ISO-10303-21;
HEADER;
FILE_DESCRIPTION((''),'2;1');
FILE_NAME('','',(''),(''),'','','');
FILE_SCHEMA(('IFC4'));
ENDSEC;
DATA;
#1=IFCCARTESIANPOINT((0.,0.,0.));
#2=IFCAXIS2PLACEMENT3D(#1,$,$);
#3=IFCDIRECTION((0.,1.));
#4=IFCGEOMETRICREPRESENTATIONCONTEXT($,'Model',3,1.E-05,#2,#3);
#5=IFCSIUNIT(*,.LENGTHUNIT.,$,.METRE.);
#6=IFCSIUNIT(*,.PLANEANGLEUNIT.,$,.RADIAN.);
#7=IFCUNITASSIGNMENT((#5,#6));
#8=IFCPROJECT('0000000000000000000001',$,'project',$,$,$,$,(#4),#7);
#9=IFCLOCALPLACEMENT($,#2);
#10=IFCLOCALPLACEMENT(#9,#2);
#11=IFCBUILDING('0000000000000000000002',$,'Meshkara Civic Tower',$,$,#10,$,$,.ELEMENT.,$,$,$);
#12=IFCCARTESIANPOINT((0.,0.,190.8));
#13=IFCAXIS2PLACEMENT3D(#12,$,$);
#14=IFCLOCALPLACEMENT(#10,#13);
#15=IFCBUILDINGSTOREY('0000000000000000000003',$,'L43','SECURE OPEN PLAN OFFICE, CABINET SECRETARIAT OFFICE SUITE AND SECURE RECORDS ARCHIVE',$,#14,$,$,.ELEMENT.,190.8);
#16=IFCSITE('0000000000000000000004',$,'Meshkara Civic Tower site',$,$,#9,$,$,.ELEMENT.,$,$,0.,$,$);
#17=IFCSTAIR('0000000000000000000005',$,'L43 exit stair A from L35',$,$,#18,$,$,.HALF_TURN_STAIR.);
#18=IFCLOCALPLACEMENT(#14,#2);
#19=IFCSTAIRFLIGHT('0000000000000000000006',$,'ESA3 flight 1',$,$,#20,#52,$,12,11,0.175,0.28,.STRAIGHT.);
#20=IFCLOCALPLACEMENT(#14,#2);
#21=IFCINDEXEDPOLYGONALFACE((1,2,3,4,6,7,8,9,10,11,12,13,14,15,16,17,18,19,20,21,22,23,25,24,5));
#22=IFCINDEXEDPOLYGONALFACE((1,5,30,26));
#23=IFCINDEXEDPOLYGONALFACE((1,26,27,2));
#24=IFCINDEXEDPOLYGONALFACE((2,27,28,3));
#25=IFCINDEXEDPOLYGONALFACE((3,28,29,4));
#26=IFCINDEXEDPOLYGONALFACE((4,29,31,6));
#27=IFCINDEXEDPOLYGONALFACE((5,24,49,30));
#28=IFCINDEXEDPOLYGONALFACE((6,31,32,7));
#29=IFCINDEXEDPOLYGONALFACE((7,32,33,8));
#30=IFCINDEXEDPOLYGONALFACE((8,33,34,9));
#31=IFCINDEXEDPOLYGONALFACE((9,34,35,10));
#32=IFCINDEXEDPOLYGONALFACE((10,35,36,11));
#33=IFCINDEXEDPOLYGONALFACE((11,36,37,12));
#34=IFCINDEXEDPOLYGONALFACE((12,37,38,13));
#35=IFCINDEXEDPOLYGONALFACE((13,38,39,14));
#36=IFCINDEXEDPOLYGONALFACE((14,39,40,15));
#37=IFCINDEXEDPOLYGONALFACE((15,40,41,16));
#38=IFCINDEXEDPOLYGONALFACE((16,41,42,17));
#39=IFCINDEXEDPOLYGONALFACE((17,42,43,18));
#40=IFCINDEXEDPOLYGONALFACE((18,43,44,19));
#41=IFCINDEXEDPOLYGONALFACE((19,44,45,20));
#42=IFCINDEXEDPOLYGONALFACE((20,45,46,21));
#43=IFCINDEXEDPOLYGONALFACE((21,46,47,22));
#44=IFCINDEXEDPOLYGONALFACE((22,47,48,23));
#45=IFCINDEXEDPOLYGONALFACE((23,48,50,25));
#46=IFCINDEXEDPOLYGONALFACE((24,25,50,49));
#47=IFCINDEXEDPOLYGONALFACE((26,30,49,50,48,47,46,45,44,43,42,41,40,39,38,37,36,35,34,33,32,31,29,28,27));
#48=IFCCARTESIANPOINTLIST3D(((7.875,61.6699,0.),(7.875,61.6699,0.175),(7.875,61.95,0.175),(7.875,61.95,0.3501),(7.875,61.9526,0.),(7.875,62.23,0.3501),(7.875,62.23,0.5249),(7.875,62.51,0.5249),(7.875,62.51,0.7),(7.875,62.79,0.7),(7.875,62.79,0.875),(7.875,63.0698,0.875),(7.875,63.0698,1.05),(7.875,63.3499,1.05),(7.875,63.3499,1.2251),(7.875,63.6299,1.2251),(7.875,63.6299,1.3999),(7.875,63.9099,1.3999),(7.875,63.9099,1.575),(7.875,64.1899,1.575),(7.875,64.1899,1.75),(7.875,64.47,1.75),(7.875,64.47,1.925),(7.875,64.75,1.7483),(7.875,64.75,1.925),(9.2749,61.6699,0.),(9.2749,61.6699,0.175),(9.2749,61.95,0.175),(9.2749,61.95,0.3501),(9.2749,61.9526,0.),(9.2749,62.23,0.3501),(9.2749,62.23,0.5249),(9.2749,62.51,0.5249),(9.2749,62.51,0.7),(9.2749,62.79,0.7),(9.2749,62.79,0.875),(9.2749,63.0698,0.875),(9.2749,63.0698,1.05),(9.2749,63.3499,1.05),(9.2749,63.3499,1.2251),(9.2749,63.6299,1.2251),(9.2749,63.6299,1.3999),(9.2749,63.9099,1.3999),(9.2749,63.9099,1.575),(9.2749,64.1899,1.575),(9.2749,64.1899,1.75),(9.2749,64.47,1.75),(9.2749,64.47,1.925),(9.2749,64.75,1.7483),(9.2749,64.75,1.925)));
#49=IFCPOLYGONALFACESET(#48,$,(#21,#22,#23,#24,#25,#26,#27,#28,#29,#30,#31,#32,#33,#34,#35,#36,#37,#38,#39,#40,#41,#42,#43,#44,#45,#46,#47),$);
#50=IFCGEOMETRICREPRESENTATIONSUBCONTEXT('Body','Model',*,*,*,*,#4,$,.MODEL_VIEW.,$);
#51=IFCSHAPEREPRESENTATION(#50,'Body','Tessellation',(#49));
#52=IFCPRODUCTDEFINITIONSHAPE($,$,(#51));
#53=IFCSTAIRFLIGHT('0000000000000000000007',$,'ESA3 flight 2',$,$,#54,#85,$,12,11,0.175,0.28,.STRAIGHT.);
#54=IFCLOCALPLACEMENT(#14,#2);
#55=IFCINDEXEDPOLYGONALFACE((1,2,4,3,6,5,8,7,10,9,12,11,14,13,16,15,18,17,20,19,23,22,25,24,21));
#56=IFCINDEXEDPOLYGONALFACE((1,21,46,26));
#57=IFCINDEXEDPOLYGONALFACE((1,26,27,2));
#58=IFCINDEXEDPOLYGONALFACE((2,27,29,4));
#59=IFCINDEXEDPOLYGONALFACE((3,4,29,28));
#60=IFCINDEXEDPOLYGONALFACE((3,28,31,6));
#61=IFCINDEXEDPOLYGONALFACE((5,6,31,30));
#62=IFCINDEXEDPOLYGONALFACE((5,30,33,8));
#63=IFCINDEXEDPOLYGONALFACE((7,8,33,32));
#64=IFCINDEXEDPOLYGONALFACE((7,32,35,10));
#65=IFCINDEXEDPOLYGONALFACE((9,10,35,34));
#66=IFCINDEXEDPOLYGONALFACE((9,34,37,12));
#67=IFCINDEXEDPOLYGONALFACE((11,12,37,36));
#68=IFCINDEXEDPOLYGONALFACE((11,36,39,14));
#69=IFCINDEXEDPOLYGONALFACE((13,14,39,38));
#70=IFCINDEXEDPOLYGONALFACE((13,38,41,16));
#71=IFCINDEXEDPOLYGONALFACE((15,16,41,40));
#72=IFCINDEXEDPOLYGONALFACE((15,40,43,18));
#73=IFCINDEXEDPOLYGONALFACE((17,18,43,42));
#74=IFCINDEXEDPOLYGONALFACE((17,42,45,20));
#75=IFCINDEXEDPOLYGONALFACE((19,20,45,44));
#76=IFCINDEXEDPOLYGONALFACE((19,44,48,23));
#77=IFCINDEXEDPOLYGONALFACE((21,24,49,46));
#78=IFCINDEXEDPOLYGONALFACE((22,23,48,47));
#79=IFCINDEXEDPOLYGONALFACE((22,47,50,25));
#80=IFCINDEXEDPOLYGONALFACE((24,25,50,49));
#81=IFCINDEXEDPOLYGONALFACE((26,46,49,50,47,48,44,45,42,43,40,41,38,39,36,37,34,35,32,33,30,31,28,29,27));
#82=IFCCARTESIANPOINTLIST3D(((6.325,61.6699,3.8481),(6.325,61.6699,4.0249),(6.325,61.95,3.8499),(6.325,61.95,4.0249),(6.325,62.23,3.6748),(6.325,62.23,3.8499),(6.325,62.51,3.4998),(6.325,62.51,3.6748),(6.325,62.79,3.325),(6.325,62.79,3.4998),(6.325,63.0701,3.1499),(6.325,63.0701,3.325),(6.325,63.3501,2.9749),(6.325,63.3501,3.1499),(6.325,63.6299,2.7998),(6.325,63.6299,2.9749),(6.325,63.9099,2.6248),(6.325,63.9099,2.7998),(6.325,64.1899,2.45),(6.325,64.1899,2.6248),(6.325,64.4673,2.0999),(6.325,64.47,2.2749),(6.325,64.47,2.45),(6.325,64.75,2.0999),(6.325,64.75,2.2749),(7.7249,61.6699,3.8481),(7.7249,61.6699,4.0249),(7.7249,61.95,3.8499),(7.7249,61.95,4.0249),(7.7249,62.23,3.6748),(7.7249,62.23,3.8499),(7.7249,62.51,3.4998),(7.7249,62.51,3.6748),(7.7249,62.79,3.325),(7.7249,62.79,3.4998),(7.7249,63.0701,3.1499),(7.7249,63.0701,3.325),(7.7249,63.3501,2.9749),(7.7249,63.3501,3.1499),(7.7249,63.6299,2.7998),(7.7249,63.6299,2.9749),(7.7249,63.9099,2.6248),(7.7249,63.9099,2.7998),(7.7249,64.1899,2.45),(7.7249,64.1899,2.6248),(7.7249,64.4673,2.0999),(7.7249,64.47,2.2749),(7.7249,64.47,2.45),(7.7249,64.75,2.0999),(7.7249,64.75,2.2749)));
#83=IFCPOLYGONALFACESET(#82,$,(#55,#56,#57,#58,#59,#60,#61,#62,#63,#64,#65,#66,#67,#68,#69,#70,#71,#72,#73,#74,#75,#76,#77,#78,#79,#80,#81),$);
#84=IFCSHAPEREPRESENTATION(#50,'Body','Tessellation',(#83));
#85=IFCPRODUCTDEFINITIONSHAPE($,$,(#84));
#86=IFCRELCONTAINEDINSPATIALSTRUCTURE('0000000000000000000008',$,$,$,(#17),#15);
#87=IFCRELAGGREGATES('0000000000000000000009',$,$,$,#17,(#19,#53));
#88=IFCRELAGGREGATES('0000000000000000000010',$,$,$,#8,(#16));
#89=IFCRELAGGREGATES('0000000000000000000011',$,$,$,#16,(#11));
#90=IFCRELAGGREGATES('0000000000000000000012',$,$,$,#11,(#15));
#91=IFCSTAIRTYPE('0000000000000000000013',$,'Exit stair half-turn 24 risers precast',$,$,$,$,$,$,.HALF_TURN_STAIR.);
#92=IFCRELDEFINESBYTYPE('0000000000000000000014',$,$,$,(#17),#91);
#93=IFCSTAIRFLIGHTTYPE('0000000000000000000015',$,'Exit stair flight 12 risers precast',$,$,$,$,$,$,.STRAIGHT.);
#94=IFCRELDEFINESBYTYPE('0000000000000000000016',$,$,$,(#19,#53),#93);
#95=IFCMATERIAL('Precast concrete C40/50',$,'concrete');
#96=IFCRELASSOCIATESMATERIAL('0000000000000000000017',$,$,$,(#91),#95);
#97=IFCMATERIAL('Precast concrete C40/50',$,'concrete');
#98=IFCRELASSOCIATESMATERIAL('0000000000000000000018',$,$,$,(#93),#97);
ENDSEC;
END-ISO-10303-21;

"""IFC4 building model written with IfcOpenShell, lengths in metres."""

from ifc_helpers import new_model, si_unit, direction, frame, origin, place, context, subcontext, project, spatial, polyline, outline, extrude, material, type_object, element, aggregate, save


model = new_model("IFC4")

# Units and contexts
model_context = context("Model", 3, precision=1e-05, world=origin(), true_north=direction((0.0, 1.0)))
body_context = subcontext(model_context, "Body", "Model", "MODEL_VIEW")
ifc_project = project(units=[si_unit("LENGTHUNIT", "METRE"), si_unit("PLANEANGLEUNIT", "RADIAN")], contexts=[model_context])

# Site, building, storey
site_placement = place(None, origin())
site = spatial("IfcSite", under=ifc_project, at=site_placement, Name="Meshkara Civic Tower site", CompositionType="ELEMENT", RefElevation=0.0)
building_placement = place(site_placement, origin())
building = spatial("IfcBuilding", under=site, at=building_placement, Name="Meshkara Civic Tower", CompositionType="ELEMENT")
storey_placement = place(building_placement, frame((0.0, 0.0, 190.8)))
storey = spatial("IfcBuildingStorey", under=building, at=storey_placement, Name="L43", Description="SECURE OPEN PLAN OFFICE, CABINET SECRETARIAT OFFICE SUITE AND SECURE RECORDS ARCHIVE", CompositionType="ELEMENT", Elevation=190.8)

# Stair, stair flights
ifc_material_1 = material(Name="Precast concrete C40/50", Category="concrete")
stair_type = type_object("IfcStairType", Name="Exit stair half-turn 24 risers precast", PredefinedType="HALF_TURN_STAIR", material=ifc_material_1)
stair_placement = place(storey_placement, origin())
stair = element("IfcStair", 1, at=stair_placement, inside=storey, type_object=stair_type, Name="L43 exit stair A from L35", PredefinedType="HALF_TURN_STAIR")
ifc_material_2 = material(Name="Precast concrete C40/50", Category="concrete")
stair_flight_type = type_object("IfcStairFlightType", Name="Exit stair flight 12 risers precast", PredefinedType="STRAIGHT", material=ifc_material_2)
stair_flight_1_placement = place(storey_placement, frame((8.575, 61.6699, 0.0), z_axis=(0.0, 0.0, 1.0), x_axis=(0.0, 1.0, 0.0)))
stair_flight_1 = element("IfcStairFlight", 2, at=stair_flight_1_placement, type_object=stair_flight_type, Name="ESA3 flight 1", NumberOfRisers=12, NumberOfTreads=11, PredefinedType="STRAIGHT", RiserHeight=0.175, TreadLength=0.28, context=body_context, shape_type="SweptSolid", body=[
    extrude(outline(polyline([(0.0, 0.0), (0.0, 0.175), (0.28, 0.175), (0.28, 0.3501), (0.5601, 0.3501), (0.5601, 0.5249), (0.8401, 0.5249), (0.8401, 0.7), (1.1201, 0.7), (1.1201, 0.875), (1.3999, 0.875), (1.3999, 1.05), (1.6799, 1.05), (1.6799, 1.2251), (1.96, 1.2251), (1.96, 1.3999), (2.24, 1.3999), (2.24, 1.575), (2.52, 1.575), (2.52, 1.75), (2.8, 1.75), (2.8, 1.925), (3.0801, 1.925), (3.0801, 2.1001), (3.0801, 1.7483), (0.2827, 0.0), (0.0, 0.0)])), frame((0.0, 0.7, 0.0), z_axis=(0.0, -1.0, 0.0), x_axis=(1.0, 0.0, 0.0)), (0.0, 0.0, 1.0), 1.3999),
])
stair_flight_2_placement = place(storey_placement, frame((7.0249, 64.75, 2.0999), z_axis=(0.0, 0.0, 1.0), x_axis=(0.0, -1.0, 0.0)))
stair_flight_2 = element("IfcStairFlight", 3, at=stair_flight_2_placement, type_object=stair_flight_type, Name="ESA3 flight 2", NumberOfRisers=12, NumberOfTreads=11, PredefinedType="STRAIGHT", RiserHeight=0.175, TreadLength=0.28, context=body_context, shape_type="SweptSolid", body=[
    extrude(outline(polyline([(0.0, 0.0), (0.0, 0.175), (0.28, 0.175), (0.28, 0.3501), (0.5601, 0.3501), (0.5601, 0.5249), (0.8401, 0.5249), (0.8401, 0.7), (1.1201, 0.7), (1.1201, 0.875), (1.3999, 0.875), (1.3999, 1.05), (1.6799, 1.05), (1.6799, 1.2251), (1.96, 1.2251), (1.96, 1.3999), (2.24, 1.3999), (2.24, 1.575), (2.52, 1.575), (2.52, 1.75), (2.8, 1.75), (2.8, 1.925), (3.0801, 1.925), (3.0801, 2.1001), (3.0801, 1.7483), (0.2827, 0.0), (0.0, 0.0)])), frame((0.0, 0.7, 0.0), z_axis=(0.0, -1.0, 0.0), x_axis=(1.0, 0.0, 0.0)), (0.0, 0.0, 1.0), 1.3999),
])
aggregate(stair, [stair_flight_1, stair_flight_2])

save(model, "model.ifc")
